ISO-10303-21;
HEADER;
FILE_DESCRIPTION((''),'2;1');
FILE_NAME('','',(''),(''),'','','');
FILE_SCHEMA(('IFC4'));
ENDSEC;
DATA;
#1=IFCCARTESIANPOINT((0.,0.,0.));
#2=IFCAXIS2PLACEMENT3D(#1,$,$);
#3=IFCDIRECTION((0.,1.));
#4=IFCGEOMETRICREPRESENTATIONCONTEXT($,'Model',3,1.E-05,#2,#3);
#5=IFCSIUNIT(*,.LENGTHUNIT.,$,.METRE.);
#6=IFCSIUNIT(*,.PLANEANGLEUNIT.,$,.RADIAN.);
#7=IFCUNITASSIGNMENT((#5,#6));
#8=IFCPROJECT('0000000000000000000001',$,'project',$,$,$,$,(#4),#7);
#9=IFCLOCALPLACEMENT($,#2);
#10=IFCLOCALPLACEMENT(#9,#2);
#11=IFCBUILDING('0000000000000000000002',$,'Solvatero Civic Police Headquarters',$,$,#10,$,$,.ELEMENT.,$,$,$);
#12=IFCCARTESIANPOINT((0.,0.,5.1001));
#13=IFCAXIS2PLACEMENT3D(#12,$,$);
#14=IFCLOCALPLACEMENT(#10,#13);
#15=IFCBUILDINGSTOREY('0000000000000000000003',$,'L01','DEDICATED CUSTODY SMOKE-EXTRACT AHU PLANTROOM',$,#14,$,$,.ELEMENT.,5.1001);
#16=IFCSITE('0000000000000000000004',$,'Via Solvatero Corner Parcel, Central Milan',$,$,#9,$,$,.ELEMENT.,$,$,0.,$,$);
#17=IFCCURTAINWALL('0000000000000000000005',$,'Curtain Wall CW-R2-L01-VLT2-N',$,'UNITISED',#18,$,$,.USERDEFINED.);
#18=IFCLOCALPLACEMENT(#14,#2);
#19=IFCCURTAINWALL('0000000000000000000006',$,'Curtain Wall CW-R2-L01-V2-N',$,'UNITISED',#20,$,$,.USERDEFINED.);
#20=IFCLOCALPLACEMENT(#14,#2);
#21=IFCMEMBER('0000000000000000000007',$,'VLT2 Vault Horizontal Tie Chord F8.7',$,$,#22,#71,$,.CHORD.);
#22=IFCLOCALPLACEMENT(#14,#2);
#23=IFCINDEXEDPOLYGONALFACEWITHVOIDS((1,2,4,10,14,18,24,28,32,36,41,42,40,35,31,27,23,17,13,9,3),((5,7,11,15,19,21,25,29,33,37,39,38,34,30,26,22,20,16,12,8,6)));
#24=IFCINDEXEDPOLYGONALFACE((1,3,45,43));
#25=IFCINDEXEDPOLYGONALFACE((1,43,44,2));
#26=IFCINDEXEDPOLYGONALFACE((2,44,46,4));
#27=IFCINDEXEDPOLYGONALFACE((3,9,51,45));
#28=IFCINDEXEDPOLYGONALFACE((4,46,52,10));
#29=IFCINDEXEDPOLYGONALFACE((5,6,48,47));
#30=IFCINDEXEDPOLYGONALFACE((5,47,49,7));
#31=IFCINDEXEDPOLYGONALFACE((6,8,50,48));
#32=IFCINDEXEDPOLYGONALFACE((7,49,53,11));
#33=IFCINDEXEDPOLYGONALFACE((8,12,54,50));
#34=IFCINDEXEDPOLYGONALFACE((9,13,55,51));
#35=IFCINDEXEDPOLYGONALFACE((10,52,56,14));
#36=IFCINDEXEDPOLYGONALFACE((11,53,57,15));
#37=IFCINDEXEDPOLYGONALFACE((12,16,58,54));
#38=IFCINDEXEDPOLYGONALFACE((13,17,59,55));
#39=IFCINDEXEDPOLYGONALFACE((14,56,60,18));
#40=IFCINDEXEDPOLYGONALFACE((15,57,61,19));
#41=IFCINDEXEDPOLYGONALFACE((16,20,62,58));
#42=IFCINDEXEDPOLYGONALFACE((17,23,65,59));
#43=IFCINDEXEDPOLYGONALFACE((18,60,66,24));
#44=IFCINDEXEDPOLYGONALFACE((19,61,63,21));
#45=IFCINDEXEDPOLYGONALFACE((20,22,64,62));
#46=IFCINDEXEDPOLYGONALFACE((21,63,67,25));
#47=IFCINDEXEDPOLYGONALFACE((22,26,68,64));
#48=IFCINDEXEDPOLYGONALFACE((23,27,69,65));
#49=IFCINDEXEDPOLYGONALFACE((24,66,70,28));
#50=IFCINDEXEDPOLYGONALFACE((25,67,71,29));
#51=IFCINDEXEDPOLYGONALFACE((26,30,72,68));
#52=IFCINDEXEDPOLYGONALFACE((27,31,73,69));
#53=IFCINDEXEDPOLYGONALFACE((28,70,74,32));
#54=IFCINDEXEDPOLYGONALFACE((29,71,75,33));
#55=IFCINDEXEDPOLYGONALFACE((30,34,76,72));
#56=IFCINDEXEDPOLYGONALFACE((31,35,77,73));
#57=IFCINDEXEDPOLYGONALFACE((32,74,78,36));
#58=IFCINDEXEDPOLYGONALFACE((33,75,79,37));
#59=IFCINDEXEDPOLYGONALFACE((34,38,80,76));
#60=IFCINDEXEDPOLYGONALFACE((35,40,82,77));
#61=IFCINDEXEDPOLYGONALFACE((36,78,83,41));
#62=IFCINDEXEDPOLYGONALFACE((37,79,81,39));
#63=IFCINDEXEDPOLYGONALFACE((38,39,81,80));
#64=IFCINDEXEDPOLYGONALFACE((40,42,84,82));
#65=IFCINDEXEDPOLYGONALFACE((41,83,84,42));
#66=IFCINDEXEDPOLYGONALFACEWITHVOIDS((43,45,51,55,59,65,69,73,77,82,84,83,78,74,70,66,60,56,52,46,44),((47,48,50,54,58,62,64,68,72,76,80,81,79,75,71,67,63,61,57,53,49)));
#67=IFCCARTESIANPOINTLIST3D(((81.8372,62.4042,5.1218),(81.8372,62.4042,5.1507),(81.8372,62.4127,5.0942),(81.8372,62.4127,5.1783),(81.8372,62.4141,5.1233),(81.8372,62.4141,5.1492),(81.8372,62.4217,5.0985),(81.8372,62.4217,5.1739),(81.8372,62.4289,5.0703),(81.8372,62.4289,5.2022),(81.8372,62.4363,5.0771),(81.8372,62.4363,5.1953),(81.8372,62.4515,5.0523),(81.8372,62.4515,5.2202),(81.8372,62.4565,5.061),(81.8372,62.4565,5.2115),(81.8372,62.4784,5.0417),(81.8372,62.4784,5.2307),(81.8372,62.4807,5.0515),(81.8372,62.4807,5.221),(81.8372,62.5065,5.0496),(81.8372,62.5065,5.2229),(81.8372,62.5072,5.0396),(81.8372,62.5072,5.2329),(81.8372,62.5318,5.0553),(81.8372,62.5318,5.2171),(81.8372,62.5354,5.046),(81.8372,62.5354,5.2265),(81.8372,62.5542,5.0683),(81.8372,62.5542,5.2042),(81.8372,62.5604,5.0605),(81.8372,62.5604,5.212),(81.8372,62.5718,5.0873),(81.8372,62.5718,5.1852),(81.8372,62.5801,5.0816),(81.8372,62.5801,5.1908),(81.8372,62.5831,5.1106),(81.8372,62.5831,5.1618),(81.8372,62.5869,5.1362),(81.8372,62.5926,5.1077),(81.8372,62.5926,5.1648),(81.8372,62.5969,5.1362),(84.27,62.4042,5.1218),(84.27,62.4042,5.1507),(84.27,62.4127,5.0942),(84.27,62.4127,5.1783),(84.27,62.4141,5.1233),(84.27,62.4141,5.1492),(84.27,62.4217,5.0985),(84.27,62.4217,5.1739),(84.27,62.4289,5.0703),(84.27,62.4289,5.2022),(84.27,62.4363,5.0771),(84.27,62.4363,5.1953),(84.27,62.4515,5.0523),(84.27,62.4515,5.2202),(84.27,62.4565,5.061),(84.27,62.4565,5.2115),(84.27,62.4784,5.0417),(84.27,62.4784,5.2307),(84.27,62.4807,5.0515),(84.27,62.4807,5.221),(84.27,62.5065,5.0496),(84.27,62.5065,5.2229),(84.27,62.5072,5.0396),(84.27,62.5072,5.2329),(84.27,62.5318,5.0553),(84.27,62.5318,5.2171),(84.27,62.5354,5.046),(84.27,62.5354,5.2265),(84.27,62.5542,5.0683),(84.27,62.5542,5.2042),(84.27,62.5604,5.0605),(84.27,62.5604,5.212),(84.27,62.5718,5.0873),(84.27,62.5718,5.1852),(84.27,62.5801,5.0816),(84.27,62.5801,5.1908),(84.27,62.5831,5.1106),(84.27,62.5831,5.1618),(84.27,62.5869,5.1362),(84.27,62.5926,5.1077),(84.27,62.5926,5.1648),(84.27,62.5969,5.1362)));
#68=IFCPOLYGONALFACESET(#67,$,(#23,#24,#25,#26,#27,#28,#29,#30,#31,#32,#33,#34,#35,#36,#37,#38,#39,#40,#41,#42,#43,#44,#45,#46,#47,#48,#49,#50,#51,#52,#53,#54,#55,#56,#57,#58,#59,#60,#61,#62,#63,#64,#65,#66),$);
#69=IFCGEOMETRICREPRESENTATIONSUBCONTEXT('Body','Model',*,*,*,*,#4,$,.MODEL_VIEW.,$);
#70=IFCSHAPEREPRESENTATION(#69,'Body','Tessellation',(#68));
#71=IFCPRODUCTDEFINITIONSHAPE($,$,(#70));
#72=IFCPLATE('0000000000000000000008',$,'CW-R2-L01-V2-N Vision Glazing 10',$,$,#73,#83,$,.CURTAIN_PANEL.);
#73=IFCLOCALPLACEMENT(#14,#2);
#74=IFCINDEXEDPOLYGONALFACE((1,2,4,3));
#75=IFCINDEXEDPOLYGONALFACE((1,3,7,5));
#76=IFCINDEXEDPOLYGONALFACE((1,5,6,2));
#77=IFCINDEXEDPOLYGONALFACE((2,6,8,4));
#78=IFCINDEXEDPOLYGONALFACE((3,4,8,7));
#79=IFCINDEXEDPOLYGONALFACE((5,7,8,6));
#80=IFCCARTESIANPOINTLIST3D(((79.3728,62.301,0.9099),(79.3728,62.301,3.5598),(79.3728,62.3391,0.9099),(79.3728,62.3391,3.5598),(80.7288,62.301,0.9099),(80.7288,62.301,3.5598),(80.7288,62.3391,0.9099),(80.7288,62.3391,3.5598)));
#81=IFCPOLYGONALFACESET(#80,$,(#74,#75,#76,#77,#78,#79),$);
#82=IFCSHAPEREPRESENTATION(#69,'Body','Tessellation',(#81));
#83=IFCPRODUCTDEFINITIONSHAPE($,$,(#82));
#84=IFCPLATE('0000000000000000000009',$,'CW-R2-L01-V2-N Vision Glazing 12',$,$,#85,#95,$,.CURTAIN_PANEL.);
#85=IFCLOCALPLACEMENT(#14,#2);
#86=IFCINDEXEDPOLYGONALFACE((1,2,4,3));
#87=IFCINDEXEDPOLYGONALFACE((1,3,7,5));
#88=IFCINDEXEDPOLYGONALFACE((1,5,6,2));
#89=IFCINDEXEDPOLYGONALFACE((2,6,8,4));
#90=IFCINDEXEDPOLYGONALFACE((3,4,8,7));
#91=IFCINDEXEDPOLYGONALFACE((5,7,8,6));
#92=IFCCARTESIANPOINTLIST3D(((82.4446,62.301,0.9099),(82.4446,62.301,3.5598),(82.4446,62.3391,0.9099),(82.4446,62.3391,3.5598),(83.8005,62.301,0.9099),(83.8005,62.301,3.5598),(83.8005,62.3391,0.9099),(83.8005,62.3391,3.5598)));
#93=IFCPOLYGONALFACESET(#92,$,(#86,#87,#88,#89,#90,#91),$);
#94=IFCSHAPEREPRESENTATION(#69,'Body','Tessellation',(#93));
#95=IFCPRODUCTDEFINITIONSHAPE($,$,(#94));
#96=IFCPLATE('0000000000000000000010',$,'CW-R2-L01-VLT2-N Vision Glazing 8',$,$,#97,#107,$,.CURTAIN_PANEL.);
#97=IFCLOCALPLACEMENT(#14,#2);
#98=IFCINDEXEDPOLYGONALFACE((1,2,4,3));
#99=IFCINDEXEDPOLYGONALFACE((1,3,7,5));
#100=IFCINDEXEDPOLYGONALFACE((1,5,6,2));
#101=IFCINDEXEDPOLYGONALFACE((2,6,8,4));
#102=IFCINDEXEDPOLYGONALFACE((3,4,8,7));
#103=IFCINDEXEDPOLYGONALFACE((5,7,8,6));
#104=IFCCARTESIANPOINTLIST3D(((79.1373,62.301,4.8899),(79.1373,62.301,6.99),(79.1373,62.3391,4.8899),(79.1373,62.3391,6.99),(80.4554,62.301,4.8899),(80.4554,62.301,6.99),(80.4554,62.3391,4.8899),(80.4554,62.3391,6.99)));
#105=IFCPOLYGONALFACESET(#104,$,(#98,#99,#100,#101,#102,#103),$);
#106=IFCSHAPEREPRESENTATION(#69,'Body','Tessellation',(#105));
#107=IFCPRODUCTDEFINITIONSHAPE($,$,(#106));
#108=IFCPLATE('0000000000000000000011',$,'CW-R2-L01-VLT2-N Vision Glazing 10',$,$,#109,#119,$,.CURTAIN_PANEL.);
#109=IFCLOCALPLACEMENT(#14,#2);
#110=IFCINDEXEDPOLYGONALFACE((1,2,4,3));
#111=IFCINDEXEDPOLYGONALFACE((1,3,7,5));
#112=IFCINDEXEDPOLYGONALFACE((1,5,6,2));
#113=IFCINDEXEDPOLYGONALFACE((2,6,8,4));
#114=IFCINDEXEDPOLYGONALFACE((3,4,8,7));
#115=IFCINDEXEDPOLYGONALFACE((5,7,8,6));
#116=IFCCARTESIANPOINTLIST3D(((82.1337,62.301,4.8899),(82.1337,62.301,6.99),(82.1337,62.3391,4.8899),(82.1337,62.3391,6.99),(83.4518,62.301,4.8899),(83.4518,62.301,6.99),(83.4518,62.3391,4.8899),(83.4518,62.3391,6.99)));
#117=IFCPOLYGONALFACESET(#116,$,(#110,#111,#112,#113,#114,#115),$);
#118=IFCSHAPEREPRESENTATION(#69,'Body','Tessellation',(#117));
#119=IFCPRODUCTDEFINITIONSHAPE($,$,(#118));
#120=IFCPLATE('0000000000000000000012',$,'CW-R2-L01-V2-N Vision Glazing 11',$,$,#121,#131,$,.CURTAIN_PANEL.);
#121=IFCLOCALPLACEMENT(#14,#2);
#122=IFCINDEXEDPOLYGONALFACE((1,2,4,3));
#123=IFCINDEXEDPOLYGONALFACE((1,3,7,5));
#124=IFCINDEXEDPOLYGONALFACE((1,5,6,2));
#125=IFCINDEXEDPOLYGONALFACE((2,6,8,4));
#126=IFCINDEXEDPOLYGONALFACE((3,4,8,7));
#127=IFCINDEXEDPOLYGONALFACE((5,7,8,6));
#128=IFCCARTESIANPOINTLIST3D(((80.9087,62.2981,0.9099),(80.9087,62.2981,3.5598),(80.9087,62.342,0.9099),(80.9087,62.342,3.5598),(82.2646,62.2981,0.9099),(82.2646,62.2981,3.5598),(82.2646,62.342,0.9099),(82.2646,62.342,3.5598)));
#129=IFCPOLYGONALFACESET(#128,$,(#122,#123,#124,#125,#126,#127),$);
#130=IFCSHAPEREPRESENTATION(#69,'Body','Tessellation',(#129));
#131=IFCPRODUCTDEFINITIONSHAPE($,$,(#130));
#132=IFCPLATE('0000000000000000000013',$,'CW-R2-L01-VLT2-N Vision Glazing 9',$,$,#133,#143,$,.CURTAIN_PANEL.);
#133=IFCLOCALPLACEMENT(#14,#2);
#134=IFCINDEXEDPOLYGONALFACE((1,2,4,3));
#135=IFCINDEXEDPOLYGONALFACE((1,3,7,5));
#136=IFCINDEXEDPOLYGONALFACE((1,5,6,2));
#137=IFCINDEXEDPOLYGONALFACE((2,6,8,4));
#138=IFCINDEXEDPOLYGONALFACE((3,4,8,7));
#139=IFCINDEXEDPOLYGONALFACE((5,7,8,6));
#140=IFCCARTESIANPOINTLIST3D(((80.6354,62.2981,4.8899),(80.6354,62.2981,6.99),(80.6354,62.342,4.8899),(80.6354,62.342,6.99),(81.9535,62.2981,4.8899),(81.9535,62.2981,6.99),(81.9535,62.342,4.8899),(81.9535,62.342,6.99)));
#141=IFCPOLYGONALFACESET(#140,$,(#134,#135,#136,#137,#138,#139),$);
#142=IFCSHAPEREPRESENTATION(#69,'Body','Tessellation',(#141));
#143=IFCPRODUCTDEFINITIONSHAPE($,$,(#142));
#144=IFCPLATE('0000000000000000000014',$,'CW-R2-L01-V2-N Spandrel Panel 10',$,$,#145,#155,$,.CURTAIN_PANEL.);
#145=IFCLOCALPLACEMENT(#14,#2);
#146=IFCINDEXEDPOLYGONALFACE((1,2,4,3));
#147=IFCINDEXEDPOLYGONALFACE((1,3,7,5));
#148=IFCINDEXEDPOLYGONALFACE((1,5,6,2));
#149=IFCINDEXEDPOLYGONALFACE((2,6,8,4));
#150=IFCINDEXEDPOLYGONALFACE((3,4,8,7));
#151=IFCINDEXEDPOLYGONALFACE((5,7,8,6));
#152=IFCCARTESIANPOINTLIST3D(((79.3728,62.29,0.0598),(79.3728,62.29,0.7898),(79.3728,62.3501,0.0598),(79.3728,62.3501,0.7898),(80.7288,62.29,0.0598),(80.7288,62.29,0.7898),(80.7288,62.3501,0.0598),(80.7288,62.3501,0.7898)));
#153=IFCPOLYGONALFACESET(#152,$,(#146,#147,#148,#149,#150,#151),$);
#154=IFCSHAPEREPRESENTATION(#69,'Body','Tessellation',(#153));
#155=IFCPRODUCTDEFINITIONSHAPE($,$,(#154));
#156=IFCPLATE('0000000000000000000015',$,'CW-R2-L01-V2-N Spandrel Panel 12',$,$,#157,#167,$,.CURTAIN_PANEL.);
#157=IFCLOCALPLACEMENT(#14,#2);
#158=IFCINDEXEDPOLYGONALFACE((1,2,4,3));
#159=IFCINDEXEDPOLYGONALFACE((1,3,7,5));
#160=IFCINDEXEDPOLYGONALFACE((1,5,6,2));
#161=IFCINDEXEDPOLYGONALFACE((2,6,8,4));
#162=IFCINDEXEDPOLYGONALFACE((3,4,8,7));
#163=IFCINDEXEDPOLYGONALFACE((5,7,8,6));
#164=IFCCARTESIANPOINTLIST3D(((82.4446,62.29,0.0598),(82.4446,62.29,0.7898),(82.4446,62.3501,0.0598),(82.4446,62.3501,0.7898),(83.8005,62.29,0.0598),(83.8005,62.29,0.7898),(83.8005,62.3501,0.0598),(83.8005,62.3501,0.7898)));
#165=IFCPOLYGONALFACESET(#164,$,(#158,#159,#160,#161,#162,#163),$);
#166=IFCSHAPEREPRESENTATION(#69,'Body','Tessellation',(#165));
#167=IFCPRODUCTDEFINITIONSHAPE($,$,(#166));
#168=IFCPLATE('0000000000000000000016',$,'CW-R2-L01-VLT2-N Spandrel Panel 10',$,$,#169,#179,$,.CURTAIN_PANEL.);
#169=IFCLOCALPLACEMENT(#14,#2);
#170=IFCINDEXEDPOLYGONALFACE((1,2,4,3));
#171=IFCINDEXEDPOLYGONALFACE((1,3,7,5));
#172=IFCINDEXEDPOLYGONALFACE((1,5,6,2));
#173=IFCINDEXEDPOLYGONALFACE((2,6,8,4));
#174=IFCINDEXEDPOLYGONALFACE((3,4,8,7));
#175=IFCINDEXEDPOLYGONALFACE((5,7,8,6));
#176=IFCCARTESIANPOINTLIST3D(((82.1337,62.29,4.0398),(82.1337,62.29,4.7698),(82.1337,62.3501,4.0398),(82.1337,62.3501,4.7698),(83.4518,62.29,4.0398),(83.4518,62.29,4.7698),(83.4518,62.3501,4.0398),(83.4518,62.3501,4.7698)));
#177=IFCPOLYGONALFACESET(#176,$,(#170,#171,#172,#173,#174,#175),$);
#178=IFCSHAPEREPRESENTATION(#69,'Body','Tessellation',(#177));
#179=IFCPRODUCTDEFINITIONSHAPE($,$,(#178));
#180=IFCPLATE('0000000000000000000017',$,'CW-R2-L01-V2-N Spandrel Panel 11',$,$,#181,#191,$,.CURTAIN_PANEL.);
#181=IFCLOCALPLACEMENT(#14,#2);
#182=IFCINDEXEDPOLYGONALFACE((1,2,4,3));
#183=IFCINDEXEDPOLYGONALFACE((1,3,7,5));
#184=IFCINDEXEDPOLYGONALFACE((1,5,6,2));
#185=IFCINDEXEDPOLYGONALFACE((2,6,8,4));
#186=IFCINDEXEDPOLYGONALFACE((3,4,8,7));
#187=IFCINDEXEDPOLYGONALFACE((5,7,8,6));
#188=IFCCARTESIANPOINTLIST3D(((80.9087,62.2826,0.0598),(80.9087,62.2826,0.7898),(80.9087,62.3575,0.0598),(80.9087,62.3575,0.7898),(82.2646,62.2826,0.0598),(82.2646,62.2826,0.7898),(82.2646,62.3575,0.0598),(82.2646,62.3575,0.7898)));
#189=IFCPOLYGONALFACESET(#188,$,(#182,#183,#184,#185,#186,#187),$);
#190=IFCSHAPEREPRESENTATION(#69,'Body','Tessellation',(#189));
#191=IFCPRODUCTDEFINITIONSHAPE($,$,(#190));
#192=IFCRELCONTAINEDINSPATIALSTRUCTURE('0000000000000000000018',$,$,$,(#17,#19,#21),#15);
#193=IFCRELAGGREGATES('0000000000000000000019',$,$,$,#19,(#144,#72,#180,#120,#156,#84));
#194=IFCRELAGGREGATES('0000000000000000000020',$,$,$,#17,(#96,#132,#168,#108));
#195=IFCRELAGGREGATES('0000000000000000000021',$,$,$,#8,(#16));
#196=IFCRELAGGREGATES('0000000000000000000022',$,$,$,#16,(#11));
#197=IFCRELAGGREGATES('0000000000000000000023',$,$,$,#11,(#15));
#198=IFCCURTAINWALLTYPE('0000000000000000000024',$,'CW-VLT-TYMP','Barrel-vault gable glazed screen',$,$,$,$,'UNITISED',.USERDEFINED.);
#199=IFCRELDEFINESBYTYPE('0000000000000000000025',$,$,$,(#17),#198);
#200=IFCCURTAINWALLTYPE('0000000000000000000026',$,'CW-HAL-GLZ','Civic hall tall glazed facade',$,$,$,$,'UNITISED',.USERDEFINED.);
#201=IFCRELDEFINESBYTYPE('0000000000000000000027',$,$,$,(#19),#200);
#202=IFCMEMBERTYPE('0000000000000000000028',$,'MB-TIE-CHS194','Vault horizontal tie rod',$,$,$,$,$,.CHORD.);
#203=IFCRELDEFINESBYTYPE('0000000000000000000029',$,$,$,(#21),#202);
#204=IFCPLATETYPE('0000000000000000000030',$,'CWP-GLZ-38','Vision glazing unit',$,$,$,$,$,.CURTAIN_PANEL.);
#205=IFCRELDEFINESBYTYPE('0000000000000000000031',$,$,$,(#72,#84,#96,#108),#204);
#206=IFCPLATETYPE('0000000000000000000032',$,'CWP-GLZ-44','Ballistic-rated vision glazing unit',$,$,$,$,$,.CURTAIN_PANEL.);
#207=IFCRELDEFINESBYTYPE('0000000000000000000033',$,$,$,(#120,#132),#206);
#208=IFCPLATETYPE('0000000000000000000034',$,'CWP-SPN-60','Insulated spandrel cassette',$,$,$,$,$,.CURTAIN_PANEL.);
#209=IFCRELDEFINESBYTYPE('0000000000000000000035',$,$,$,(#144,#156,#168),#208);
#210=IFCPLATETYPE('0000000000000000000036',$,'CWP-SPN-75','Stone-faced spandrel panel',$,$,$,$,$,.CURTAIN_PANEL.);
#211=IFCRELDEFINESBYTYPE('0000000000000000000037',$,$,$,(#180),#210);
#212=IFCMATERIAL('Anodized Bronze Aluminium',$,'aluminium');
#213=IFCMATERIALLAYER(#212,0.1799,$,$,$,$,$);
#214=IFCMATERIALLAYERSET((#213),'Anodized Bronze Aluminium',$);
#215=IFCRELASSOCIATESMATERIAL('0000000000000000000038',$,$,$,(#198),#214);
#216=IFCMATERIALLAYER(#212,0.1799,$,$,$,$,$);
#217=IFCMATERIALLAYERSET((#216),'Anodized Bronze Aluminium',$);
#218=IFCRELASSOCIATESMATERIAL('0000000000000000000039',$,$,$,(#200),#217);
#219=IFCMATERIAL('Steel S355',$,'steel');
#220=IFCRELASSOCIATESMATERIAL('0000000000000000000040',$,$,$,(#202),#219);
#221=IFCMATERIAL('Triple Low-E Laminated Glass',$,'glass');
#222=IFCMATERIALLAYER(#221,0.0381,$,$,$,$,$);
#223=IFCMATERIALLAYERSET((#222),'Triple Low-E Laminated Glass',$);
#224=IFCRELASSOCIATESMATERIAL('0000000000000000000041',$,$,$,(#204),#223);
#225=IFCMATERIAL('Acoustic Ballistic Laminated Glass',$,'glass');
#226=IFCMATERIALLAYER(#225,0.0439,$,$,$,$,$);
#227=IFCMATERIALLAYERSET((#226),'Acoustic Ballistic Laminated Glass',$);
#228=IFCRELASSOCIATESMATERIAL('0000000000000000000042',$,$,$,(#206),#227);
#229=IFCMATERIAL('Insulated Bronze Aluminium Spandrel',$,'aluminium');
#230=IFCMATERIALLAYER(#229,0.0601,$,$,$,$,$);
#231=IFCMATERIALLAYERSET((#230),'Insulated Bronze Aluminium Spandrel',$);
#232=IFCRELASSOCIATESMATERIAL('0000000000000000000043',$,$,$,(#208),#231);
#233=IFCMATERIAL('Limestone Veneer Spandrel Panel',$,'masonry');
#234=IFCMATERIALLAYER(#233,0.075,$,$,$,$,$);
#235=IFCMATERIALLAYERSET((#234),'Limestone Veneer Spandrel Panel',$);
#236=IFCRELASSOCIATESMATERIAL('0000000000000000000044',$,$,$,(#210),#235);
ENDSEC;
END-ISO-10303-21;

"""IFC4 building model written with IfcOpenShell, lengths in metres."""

from ifc_helpers import new_model, si_unit, direction, frame, origin, origin_2d, place, context, subcontext, project, spatial, rectangle, hollow_circle, extrude, material, layer, layer_set, material_profile, profile_set, type_object, element, aggregate, save


model = new_model("IFC4")

# Units and contexts
model_context = context("Model", 3, precision=1e-05, world=origin(), true_north=direction((0.0, 1.0)))
body_context = subcontext(model_context, "Body", "Model", "MODEL_VIEW")
ifc_project = project(units=[si_unit("LENGTHUNIT", "METRE"), si_unit("PLANEANGLEUNIT", "RADIAN")], contexts=[model_context])

# Site, building, storey
site_placement = place(None, origin())
site = spatial("IfcSite", under=ifc_project, at=site_placement, Name="Via Solvatero Corner Parcel, Central Milan", CompositionType="ELEMENT", RefElevation=0.0)
building_placement = place(site_placement, origin())
building = spatial("IfcBuilding", under=site, at=building_placement, Name="Solvatero Civic Police Headquarters", CompositionType="ELEMENT")
storey_placement = place(building_placement, frame((0.0, 0.0, 5.1001)))
storey = spatial("IfcBuildingStorey", under=building, at=storey_placement, Name="L01", Description="DEDICATED CUSTODY SMOKE-EXTRACT AHU PLANTROOM", CompositionType="ELEMENT", Elevation=5.1001)

# Shared definitions
ifc_material_1 = material(Name="Steel S355", Category="steel")

# Curtain walls
ifc_material_2 = material(Name="Anodized Bronze Aluminium", Category="aluminium")
ifc_layer_1 = layer(ifc_material_2, 0.1799)
ifc_layer_set_1 = layer_set([ifc_layer_1], Name="Anodized Bronze Aluminium")
curtain_wall_type_1 = type_object("IfcCurtainWallType", Name="CW-VLT-TYMP", Description="Barrel-vault gable glazed screen", ElementType="UNITISED", PredefinedType="USERDEFINED", material=ifc_layer_set_1)
curtain_wall_1_placement = place(storey_placement, origin())
curtain_wall_1 = element("IfcCurtainWall", 1, at=curtain_wall_1_placement, inside=storey, type_object=curtain_wall_type_1, Name="Curtain Wall CW-R2-L01-VLT2-N", ObjectType="UNITISED", PredefinedType="USERDEFINED")
ifc_layer_2 = layer(ifc_material_2, 0.1799)
ifc_layer_set_2 = layer_set([ifc_layer_2], Name="Anodized Bronze Aluminium")
curtain_wall_type_2 = type_object("IfcCurtainWallType", Name="CW-HAL-GLZ", Description="Civic hall tall glazed facade", ElementType="UNITISED", PredefinedType="USERDEFINED", material=ifc_layer_set_2)
curtain_wall_2_placement = place(storey_placement, origin())
curtain_wall_2 = element("IfcCurtainWall", 2, at=curtain_wall_2_placement, inside=storey, type_object=curtain_wall_type_2, Name="Curtain Wall CW-R2-L01-V2-N", ObjectType="UNITISED", PredefinedType="USERDEFINED")

# Member
ifc_material_profile_1 = material_profile(ifc_material_1, hollow_circle(Radius=0.0969, WallThickness=0.01, at=origin_2d()), Name="CHS 193.7x10.0")
ifc_profile_set_1 = profile_set([ifc_material_profile_1], Name="Steel S355")
member_type_1 = type_object("IfcMemberType", Name="MB-TIE-CHS194", Description="Vault horizontal tie rod", PredefinedType="CHORD", material=ifc_profile_set_1)
member_1_placement = place(storey_placement, frame((81.8372, 62.5, 5.1362), z_axis=(1.0, 0.0, 0.0), x_axis=(0.0, 1.0, 0.0)))
element("IfcMember", 3, at=member_1_placement, inside=storey, type_object=member_type_1, Name="VLT2 Vault Horizontal Tie Chord F8.7", PredefinedType="CHORD", context=body_context, shape_type="SweptSolid", body=[
    extrude(hollow_circle(Radius=0.0969, WallThickness=0.01, at=origin_2d()), origin(), (0.0, 0.0, 1.0), 2.4329),
])

# Plates
ifc_material_3 = material(Name="Triple Low-E Laminated Glass", Category="glass")
ifc_layer_3 = layer(ifc_material_3, 0.0381)
ifc_layer_set_3 = layer_set([ifc_layer_3], Name="Triple Low-E Laminated Glass")
plate_type_1 = type_object("IfcPlateType", Name="CWP-GLZ-38", Description="Vision glazing unit", PredefinedType="CURTAIN_PANEL", material=ifc_layer_set_3)
plate_1_placement = place(storey_placement, frame((80.0508, 62.3201, 0.9099), z_axis=(0.0, 0.0, 1.0), x_axis=(1.0, 0.0, 0.0)))
plate_1 = element("IfcPlate", 4, at=plate_1_placement, type_object=plate_type_1, Name="CW-R2-L01-V2-N Vision Glazing 10", PredefinedType="CURTAIN_PANEL", context=body_context, shape_type="SweptSolid", body=[
    extrude(rectangle(XDim=1.356, YDim=0.0381, at=origin_2d()), origin(), (0.0, 0.0, 1.0), 2.6499),
])
plate_2_placement = place(storey_placement, frame((83.1226, 62.3201, 0.9099), z_axis=(0.0, 0.0, 1.0), x_axis=(1.0, 0.0, 0.0)))
plate_2 = element("IfcPlate", 5, at=plate_2_placement, type_object=plate_type_1, Name="CW-R2-L01-V2-N Vision Glazing 12", PredefinedType="CURTAIN_PANEL", context=body_context, shape_type="SweptSolid", body=[
    extrude(rectangle(XDim=1.356, YDim=0.0381, at=origin_2d()), origin(), (0.0, 0.0, 1.0), 2.6499),
])
plate_3_placement = place(storey_placement, frame((79.7964, 62.3201, 4.8899), z_axis=(0.0, 0.0, 1.0), x_axis=(1.0, 0.0, 0.0)))
plate_3 = element("IfcPlate", 6, at=plate_3_placement, type_object=plate_type_1, Name="CW-R2-L01-VLT2-N Vision Glazing 8", PredefinedType="CURTAIN_PANEL", context=body_context, shape_type="SweptSolid", body=[
    extrude(rectangle(XDim=1.3181, YDim=0.0381, at=origin_2d()), origin(), (0.0, 0.0, 1.0), 2.1001),
])
plate_4_placement = place(storey_placement, frame((82.7927, 62.3201, 4.8899), z_axis=(0.0, 0.0, 1.0), x_axis=(1.0, 0.0, 0.0)))
plate_4 = element("IfcPlate", 7, at=plate_4_placement, type_object=plate_type_1, Name="CW-R2-L01-VLT2-N Vision Glazing 10", PredefinedType="CURTAIN_PANEL", context=body_context, shape_type="SweptSolid", body=[
    extrude(rectangle(XDim=1.3181, YDim=0.0381, at=origin_2d()), origin(), (0.0, 0.0, 1.0), 2.1001),
])
ifc_material_4 = material(Name="Acoustic Ballistic Laminated Glass", Category="glass")
ifc_layer_4 = layer(ifc_material_4, 0.0439)
ifc_layer_set_4 = layer_set([ifc_layer_4], Name="Acoustic Ballistic Laminated Glass")
plate_type_2 = type_object("IfcPlateType", Name="CWP-GLZ-44", Description="Ballistic-rated vision glazing unit", PredefinedType="CURTAIN_PANEL", material=ifc_layer_set_4)
plate_5_placement = place(storey_placement, frame((81.5867, 62.3201, 0.9099), z_axis=(0.0, 0.0, 1.0), x_axis=(1.0, 0.0, 0.0)))
plate_5 = element("IfcPlate", 8, at=plate_5_placement, type_object=plate_type_2, Name="CW-R2-L01-V2-N Vision Glazing 11", PredefinedType="CURTAIN_PANEL", context=body_context, shape_type="SweptSolid", body=[
    extrude(rectangle(XDim=1.356, YDim=0.0439, at=origin_2d()), origin(), (0.0, 0.0, 1.0), 2.6499),
])
plate_6_placement = place(storey_placement, frame((81.2944, 62.3201, 4.8899), z_axis=(0.0, 0.0, 1.0), x_axis=(1.0, 0.0, 0.0)))
plate_6 = element("IfcPlate", 9, at=plate_6_placement, type_object=plate_type_2, Name="CW-R2-L01-VLT2-N Vision Glazing 9", PredefinedType="CURTAIN_PANEL", context=body_context, shape_type="SweptSolid", body=[
    extrude(rectangle(XDim=1.3181, YDim=0.0439, at=origin_2d()), origin(), (0.0, 0.0, 1.0), 2.1001),
])
ifc_material_5 = material(Name="Insulated Bronze Aluminium Spandrel", Category="aluminium")
ifc_layer_5 = layer(ifc_material_5, 0.0601)
ifc_layer_set_5 = layer_set([ifc_layer_5], Name="Insulated Bronze Aluminium Spandrel")
plate_type_3 = type_object("IfcPlateType", Name="CWP-SPN-60", Description="Insulated spandrel cassette", PredefinedType="CURTAIN_PANEL", material=ifc_layer_set_5)
plate_7_placement = place(storey_placement, frame((80.0508, 62.3201, 0.0598), z_axis=(0.0, 0.0, 1.0), x_axis=(1.0, 0.0, 0.0)))
plate_7 = element("IfcPlate", 10, at=plate_7_placement, type_object=plate_type_3, Name="CW-R2-L01-V2-N Spandrel Panel 10", PredefinedType="CURTAIN_PANEL", context=body_context, shape_type="SweptSolid", body=[
    extrude(rectangle(XDim=1.356, YDim=0.0601, at=origin_2d()), origin(), (0.0, 0.0, 1.0), 0.73),
])
plate_8_placement = place(storey_placement, frame((83.1226, 62.3201, 0.0598), z_axis=(0.0, 0.0, 1.0), x_axis=(1.0, 0.0, 0.0)))
plate_8 = element("IfcPlate", 11, at=plate_8_placement, type_object=plate_type_3, Name="CW-R2-L01-V2-N Spandrel Panel 12", PredefinedType="CURTAIN_PANEL", context=body_context, shape_type="SweptSolid", body=[
    extrude(rectangle(XDim=1.356, YDim=0.0601, at=origin_2d()), origin(), (0.0, 0.0, 1.0), 0.73),
])
plate_9_placement = place(storey_placement, frame((82.7927, 62.3201, 4.0398), z_axis=(0.0, 0.0, 1.0), x_axis=(1.0, 0.0, 0.0)))
plate_9 = element("IfcPlate", 12, at=plate_9_placement, type_object=plate_type_3, Name="CW-R2-L01-VLT2-N Spandrel Panel 10", PredefinedType="CURTAIN_PANEL", context=body_context, shape_type="SweptSolid", body=[
    extrude(rectangle(XDim=1.3181, YDim=0.0601, at=origin_2d()), origin(), (0.0, 0.0, 1.0), 0.73),
])
ifc_material_6 = material(Name="Limestone Veneer Spandrel Panel", Category="masonry")
ifc_layer_6 = layer(ifc_material_6, 0.075)
ifc_layer_set_6 = layer_set([ifc_layer_6], Name="Limestone Veneer Spandrel Panel")
plate_type_4 = type_object("IfcPlateType", Name="CWP-SPN-75", Description="Stone-faced spandrel panel", PredefinedType="CURTAIN_PANEL", material=ifc_layer_set_6)
plate_10_placement = place(storey_placement, frame((81.5867, 62.3201, 0.0598), z_axis=(0.0, 0.0, 1.0), x_axis=(1.0, 0.0, 0.0)))
plate_10 = element("IfcPlate", 13, at=plate_10_placement, type_object=plate_type_4, Name="CW-R2-L01-V2-N Spandrel Panel 11", PredefinedType="CURTAIN_PANEL", context=body_context, shape_type="SweptSolid", body=[
    extrude(rectangle(XDim=1.356, YDim=0.075, at=origin_2d()), origin(), (0.0, 0.0, 1.0), 0.73),
])
aggregate(curtain_wall_2, [plate_7, plate_1, plate_10, plate_5, plate_8, plate_2])
aggregate(curtain_wall_1, [plate_3, plate_6, plate_9, plate_4])

save(model, "model.ifc")
